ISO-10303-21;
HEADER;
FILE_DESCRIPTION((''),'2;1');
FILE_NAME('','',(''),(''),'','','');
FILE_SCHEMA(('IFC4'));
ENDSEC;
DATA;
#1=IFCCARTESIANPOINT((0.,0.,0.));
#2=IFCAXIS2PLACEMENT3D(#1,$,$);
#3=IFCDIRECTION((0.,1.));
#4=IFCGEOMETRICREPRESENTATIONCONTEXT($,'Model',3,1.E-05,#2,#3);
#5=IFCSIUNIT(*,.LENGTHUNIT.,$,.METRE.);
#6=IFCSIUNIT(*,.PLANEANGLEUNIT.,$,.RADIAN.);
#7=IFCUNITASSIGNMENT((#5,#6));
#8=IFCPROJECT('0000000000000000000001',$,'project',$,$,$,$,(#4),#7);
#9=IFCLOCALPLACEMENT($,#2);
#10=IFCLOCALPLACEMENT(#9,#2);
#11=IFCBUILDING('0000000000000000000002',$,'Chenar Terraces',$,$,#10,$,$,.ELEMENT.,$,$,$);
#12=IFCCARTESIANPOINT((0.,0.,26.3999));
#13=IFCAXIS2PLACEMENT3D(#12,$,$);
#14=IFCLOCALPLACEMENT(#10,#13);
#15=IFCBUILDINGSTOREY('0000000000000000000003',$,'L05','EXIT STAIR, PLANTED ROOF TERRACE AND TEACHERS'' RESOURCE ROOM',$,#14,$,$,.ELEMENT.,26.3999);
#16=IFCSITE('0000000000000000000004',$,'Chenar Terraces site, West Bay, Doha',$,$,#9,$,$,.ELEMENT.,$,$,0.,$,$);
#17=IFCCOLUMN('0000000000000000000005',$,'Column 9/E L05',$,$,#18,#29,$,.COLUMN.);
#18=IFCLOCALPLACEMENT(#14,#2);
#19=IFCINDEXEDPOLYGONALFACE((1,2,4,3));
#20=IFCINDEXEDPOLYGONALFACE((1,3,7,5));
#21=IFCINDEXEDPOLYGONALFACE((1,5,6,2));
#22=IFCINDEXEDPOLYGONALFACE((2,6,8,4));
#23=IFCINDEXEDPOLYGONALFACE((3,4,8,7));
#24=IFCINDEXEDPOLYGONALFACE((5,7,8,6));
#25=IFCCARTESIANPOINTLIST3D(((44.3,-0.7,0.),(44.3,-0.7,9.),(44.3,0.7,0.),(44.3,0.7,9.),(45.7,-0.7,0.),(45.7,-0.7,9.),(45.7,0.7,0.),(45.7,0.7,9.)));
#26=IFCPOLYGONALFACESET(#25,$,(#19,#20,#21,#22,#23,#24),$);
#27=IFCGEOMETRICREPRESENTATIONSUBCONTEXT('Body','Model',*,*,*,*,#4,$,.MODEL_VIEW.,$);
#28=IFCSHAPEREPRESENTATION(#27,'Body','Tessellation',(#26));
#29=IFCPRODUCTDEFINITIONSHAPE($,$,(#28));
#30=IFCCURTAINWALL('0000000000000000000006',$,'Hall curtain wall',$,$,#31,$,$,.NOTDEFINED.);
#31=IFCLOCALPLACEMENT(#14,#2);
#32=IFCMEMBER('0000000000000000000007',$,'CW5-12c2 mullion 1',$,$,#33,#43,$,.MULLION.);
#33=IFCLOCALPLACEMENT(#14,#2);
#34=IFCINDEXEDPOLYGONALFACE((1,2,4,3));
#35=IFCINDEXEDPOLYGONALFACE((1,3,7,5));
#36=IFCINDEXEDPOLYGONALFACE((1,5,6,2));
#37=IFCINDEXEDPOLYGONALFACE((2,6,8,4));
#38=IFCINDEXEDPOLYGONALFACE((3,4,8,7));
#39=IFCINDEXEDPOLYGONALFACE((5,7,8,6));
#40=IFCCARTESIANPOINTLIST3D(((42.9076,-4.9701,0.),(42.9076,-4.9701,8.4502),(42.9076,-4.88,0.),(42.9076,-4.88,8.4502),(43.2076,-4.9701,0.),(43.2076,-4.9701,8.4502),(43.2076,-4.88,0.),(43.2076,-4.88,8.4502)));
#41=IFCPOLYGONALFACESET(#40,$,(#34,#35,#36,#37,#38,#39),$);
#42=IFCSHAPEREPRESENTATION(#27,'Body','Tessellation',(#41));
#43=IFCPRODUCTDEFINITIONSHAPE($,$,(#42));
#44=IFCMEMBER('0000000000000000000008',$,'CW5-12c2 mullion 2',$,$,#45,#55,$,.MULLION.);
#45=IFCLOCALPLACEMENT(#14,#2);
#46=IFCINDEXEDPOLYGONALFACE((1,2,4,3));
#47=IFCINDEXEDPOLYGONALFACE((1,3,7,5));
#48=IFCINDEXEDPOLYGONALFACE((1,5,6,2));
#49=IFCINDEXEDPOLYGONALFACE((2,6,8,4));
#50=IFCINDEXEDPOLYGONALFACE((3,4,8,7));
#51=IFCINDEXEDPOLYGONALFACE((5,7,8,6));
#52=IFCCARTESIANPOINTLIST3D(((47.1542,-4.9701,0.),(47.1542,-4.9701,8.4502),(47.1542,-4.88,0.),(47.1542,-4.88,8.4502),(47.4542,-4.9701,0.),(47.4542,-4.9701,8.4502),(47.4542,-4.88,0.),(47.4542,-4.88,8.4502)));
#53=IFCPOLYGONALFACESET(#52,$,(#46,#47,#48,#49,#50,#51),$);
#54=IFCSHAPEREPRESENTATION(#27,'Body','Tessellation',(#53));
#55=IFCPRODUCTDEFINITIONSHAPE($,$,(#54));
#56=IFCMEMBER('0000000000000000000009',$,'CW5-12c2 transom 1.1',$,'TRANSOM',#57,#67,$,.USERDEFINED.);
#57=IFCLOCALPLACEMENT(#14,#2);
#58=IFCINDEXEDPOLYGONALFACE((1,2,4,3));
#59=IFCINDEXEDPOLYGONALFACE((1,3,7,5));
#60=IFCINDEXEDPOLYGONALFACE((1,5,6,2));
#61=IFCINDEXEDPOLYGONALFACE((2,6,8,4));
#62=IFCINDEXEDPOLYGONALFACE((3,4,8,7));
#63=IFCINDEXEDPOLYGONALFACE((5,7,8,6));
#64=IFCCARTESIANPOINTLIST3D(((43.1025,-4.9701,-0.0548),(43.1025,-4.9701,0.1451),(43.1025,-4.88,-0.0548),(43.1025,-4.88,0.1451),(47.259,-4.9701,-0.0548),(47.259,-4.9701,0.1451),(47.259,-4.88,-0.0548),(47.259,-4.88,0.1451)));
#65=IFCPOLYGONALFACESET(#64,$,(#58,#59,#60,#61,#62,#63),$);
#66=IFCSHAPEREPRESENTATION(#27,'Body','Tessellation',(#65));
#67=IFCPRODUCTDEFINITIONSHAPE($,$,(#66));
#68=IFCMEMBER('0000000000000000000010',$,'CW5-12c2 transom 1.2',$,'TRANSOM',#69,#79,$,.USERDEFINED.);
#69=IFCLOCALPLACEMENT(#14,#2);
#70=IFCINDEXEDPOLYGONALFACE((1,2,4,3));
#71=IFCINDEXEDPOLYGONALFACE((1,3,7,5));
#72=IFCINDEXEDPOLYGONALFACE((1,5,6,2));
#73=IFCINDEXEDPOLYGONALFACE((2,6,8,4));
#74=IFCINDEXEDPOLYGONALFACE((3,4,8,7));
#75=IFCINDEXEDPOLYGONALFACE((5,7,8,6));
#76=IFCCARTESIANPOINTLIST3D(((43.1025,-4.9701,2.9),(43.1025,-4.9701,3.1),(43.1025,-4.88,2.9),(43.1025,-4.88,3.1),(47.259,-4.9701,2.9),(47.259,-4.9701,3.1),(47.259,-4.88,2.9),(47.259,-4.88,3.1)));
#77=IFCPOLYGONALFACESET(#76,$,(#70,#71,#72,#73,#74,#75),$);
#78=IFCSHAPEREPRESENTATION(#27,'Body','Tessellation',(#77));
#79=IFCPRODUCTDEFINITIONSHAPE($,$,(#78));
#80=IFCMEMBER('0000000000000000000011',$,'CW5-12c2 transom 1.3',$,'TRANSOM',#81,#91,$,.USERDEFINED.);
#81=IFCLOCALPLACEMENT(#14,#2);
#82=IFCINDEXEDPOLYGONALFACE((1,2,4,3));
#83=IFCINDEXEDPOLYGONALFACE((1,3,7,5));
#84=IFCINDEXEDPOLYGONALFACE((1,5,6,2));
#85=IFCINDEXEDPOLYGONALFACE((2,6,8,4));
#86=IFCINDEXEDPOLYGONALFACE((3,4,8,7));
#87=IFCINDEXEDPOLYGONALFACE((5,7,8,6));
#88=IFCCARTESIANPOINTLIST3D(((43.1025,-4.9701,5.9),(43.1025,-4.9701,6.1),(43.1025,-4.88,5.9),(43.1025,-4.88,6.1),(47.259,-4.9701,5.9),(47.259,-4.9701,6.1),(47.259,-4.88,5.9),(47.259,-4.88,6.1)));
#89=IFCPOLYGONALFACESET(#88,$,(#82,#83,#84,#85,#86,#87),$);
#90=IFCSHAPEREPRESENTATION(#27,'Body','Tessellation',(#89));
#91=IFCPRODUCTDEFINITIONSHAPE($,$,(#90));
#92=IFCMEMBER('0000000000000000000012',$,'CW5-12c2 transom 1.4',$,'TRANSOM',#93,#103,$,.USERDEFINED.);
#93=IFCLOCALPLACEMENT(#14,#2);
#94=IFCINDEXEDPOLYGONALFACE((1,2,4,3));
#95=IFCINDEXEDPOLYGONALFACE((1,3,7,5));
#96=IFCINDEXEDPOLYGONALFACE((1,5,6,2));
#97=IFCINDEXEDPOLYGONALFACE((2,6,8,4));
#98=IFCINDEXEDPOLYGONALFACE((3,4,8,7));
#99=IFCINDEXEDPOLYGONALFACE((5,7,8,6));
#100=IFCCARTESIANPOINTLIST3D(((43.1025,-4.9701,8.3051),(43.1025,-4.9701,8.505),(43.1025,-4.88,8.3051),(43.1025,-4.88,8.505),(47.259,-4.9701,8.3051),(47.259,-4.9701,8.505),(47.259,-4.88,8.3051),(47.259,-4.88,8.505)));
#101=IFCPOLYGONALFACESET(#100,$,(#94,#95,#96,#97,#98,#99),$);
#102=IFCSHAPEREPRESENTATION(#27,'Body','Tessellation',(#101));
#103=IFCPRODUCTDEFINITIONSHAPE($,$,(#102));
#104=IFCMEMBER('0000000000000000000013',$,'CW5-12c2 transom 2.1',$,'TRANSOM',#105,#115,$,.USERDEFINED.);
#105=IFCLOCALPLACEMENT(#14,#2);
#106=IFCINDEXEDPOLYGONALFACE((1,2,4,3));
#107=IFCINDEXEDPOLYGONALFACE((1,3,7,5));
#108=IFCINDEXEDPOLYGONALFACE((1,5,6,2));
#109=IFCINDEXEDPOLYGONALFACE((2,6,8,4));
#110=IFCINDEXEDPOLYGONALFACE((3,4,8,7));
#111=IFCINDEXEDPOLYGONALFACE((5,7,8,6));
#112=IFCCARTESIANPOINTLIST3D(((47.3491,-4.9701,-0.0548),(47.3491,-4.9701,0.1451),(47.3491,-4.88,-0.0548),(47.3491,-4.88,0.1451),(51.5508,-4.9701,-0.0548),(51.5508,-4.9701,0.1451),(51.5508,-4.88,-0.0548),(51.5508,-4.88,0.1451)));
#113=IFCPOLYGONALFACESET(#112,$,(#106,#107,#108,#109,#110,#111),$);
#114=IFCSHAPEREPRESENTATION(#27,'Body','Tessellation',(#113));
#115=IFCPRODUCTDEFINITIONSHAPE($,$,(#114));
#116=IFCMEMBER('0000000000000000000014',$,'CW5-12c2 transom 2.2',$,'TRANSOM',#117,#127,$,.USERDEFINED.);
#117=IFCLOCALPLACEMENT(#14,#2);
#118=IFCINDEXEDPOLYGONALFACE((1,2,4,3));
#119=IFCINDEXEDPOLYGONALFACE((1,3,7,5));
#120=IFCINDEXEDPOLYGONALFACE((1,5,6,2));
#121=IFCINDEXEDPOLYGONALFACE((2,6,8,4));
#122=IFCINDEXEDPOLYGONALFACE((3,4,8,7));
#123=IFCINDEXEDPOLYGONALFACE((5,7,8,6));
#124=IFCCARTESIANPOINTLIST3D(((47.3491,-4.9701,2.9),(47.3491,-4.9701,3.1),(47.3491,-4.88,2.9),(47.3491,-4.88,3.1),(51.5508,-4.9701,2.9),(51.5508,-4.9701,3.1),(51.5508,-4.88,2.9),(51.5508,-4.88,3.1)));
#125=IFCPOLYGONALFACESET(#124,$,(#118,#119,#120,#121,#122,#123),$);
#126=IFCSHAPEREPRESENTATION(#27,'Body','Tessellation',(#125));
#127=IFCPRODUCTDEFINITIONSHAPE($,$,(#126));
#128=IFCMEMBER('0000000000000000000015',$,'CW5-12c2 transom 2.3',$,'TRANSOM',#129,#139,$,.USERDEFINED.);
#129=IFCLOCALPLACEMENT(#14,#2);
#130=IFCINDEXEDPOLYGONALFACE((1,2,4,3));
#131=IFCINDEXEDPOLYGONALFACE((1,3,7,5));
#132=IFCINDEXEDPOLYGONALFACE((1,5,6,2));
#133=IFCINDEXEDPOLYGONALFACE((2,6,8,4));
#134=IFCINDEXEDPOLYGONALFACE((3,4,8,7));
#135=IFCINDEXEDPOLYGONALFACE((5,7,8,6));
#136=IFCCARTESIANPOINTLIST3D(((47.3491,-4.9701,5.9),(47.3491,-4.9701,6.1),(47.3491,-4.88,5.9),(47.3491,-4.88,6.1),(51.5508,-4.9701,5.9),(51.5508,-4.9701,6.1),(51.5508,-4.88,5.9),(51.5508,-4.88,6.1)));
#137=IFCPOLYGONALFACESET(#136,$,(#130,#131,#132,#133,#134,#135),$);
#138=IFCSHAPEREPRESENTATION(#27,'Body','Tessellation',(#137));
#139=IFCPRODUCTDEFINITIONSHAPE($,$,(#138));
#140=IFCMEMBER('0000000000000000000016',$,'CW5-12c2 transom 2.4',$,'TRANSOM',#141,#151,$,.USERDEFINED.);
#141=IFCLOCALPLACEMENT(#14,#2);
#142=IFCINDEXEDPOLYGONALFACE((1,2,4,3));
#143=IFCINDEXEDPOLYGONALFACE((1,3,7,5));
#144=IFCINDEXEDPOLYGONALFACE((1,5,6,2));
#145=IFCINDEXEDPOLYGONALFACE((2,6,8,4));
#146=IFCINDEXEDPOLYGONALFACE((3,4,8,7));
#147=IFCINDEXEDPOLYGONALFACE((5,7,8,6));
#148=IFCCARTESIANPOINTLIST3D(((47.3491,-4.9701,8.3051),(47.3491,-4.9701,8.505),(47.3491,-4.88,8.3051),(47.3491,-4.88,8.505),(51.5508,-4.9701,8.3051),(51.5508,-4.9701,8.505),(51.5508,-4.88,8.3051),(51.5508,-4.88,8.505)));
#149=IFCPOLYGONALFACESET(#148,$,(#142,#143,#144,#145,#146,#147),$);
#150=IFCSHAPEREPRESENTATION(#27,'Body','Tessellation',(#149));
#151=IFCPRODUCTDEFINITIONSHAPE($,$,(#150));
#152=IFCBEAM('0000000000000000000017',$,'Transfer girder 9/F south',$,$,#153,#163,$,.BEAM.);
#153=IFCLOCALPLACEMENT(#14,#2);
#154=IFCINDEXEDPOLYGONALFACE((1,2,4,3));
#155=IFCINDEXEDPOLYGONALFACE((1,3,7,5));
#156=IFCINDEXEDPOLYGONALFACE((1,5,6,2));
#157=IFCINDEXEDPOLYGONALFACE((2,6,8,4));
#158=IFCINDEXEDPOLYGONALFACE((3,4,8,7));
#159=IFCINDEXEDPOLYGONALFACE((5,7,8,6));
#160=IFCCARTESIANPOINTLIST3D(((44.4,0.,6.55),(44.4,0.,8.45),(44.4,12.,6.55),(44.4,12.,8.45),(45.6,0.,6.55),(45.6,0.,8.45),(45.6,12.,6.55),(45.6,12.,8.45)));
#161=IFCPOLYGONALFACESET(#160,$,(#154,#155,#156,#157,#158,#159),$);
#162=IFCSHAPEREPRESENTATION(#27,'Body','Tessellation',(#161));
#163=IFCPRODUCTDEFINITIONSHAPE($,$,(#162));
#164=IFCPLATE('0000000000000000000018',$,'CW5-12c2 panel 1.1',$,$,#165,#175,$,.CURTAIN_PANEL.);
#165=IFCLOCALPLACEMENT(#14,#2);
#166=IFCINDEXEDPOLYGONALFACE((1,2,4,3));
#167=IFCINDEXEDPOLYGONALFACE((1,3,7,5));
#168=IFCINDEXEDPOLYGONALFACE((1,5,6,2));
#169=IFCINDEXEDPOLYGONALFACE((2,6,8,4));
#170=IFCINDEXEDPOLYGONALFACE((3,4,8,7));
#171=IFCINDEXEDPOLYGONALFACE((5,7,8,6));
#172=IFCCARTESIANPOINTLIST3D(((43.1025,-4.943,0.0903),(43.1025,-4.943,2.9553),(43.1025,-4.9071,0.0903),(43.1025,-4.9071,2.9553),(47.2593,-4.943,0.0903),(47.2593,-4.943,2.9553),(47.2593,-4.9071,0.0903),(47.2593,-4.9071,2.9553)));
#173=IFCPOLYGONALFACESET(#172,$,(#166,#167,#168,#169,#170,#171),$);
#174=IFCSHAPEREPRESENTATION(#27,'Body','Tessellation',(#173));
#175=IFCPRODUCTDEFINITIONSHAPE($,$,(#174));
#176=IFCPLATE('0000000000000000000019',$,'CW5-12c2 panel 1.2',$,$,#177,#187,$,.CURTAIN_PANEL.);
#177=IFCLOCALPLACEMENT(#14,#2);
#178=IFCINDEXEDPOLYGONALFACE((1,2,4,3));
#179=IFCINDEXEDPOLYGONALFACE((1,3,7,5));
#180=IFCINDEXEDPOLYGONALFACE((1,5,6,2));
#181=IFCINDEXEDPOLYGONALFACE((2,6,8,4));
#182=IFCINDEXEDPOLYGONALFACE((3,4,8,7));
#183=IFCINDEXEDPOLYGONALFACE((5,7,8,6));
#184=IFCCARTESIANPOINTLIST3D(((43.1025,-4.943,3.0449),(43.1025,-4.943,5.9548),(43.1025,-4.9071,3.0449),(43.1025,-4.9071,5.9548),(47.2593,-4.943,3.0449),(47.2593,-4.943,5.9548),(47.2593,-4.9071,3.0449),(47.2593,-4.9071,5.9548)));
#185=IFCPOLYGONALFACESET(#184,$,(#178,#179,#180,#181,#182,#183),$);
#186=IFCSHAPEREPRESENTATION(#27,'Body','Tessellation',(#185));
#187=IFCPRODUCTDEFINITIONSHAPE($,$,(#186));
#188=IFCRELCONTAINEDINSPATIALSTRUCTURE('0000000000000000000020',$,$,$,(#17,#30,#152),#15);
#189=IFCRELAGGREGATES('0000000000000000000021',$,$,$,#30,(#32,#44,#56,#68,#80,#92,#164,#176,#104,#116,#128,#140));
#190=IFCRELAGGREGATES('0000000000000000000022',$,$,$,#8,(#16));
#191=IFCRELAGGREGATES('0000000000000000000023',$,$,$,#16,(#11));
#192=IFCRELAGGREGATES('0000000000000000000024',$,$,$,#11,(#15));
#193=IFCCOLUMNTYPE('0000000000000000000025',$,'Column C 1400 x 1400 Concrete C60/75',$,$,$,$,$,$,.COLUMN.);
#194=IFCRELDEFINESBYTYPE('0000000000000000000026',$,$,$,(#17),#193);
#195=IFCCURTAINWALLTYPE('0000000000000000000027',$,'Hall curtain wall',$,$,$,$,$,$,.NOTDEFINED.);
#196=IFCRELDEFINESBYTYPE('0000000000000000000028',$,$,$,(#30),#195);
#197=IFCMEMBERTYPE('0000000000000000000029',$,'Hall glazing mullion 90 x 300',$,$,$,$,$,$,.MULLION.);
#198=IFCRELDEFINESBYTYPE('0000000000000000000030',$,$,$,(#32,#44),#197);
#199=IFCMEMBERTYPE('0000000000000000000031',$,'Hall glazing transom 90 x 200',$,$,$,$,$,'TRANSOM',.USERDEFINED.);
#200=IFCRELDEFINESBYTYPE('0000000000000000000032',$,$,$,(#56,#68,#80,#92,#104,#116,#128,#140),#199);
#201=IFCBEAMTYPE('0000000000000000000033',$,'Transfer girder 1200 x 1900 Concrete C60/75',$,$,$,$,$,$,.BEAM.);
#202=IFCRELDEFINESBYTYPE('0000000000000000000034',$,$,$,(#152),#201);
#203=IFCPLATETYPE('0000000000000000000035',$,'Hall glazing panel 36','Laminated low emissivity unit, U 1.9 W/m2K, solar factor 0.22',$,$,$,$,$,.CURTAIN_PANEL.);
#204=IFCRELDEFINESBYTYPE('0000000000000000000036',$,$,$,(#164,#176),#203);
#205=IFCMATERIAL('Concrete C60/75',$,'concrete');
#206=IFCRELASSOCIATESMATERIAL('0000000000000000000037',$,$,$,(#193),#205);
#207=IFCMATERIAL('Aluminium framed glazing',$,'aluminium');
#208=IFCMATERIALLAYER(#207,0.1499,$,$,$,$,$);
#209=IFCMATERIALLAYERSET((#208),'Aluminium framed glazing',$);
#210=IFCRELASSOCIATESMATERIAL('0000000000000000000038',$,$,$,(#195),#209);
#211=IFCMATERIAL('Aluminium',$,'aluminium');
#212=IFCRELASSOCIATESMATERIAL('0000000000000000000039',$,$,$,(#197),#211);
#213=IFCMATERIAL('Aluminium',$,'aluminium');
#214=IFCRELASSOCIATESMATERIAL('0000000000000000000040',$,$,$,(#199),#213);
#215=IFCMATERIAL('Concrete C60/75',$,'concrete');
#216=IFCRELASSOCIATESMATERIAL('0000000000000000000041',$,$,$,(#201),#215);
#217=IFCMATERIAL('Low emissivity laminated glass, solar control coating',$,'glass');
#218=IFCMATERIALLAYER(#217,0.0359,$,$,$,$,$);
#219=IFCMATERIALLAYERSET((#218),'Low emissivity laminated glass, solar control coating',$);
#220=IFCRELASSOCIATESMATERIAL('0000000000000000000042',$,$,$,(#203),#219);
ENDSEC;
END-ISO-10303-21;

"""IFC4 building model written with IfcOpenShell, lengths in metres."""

from ifc_helpers import new_model, si_unit, direction, frame, frame_2d, origin, origin_2d, place, context, subcontext, project, spatial, rectangle, extrude, material, layer, layer_set, material_profile, profile_set, type_object, element, aggregate, save


model = new_model("IFC4")

# Units and contexts
model_context = context("Model", 3, precision=1e-05, world=origin(), true_north=direction((0.0, 1.0)))
body_context = subcontext(model_context, "Body", "Model", "MODEL_VIEW")
ifc_project = project(units=[si_unit("LENGTHUNIT", "METRE"), si_unit("PLANEANGLEUNIT", "RADIAN")], contexts=[model_context])

# Site, building, storey
site_placement = place(None, origin())
site = spatial("IfcSite", under=ifc_project, at=site_placement, Name="Chenar Terraces site, West Bay, Doha", CompositionType="ELEMENT", RefElevation=0.0)
building_placement = place(site_placement, origin())
building = spatial("IfcBuilding", under=site, at=building_placement, Name="Chenar Terraces", CompositionType="ELEMENT")
storey_placement = place(building_placement, frame((0.0, 0.0, 26.3999)))
storey = spatial("IfcBuildingStorey", under=building, at=storey_placement, Name="L05", Description="EXIT STAIR, PLANTED ROOF TERRACE AND TEACHERS' RESOURCE ROOM", CompositionType="ELEMENT", Elevation=26.3999)

# Column
ifc_material_1 = material(Name="Concrete C60/75", Category="concrete")
ifc_material_profile_1 = material_profile(ifc_material_1, rectangle(XDim=1.3999, YDim=1.3999, at=origin_2d()), Name="C 1400 x 1400")
ifc_profile_set_1 = profile_set([ifc_material_profile_1], Name="Concrete C60/75")
column_type = type_object("IfcColumnType", Name="Column C 1400 x 1400 Concrete C60/75", PredefinedType="COLUMN", material=ifc_profile_set_1)
column_placement = place(storey_placement, frame((45.0, 0.0, 0.0), z_axis=(0.0, 0.0, 1.0), x_axis=(1.0, 0.0, 0.0)))
element("IfcColumn", 1, at=column_placement, inside=storey, type_object=column_type, Name="Column 9/E L05", PredefinedType="COLUMN", context=body_context, shape_type="SweptSolid", body=[
    extrude(rectangle(XDim=1.3999, YDim=1.3999, at=origin_2d()), origin(), (0.0, 0.0, 1.0), 9.0),
])

# Curtain wall, members
ifc_material_2 = material(Name="Aluminium framed glazing", Category="aluminium")
ifc_layer_1 = layer(ifc_material_2, 0.1499)
ifc_layer_set_1 = layer_set([ifc_layer_1], Name="Aluminium framed glazing")
curtain_wall_type = type_object("IfcCurtainWallType", Name="Hall curtain wall", PredefinedType="NOTDEFINED", material=ifc_layer_set_1)
placement = place(storey_placement, origin())
curtain_wall = element("IfcCurtainWall", 2, at=placement, inside=storey, type_object=curtain_wall_type, Name="Hall curtain wall", PredefinedType="NOTDEFINED")
ifc_material_3 = material(Name="Aluminium", Category="aluminium")
ifc_material_profile_2 = material_profile(ifc_material_3, rectangle(XDim=0.0901, YDim=0.3, at=origin_2d()), Name="Hall glazing mullion 90 x 300")
ifc_profile_set_2 = profile_set([ifc_material_profile_2], Name="Aluminium")
member_type_1 = type_object("IfcMemberType", Name="Hall glazing mullion 90 x 300", PredefinedType="MULLION", material=ifc_profile_set_2)
member_1_placement = place(storey_placement, frame((43.0576, -4.925, 0.0), z_axis=(0.0, 0.0, 1.0), x_axis=(0.0, 1.0, 0.0)))
member_1 = element("IfcMember", 3, at=member_1_placement, type_object=member_type_1, Name="CW5-12c2 mullion 1", PredefinedType="MULLION", context=body_context, shape_type="SweptSolid", body=[
    extrude(rectangle(XDim=0.0901, YDim=0.3, at=origin_2d()), origin(), (0.0, 0.0, 1.0), 8.4502),
])
member_2_placement = place(storey_placement, frame((47.3042, -4.925, 0.0), z_axis=(0.0, 0.0, 1.0), x_axis=(0.0, 1.0, 0.0)))
member_2 = element("IfcMember", 4, at=member_2_placement, type_object=member_type_1, Name="CW5-12c2 mullion 2", PredefinedType="MULLION", context=body_context, shape_type="SweptSolid", body=[
    extrude(rectangle(XDim=0.0901, YDim=0.3, at=origin_2d()), origin(), (0.0, 0.0, 1.0), 8.4502),
])
ifc_material_4 = material(Name="Aluminium", Category="aluminium")
ifc_material_profile_3 = material_profile(ifc_material_4, rectangle(XDim=0.0901, YDim=0.2, at=origin_2d()), Name="Hall glazing transom 90 x 200")
ifc_profile_set_3 = profile_set([ifc_material_profile_3], Name="Aluminium")
member_type_2 = type_object("IfcMemberType", Name="Hall glazing transom 90 x 200", ElementType="TRANSOM", PredefinedType="USERDEFINED", material=ifc_profile_set_3)
member_3_placement = place(storey_placement, frame((43.1025, -4.925, 0.0452), z_axis=(1.0, 0.0, 0.0), x_axis=(0.0, 1.0, 0.0)))
member_3 = element("IfcMember", 5, at=member_3_placement, type_object=member_type_2, Name="CW5-12c2 transom 1.1", ObjectType="TRANSOM", PredefinedType="USERDEFINED", context=body_context, shape_type="SweptSolid", body=[
    extrude(rectangle(XDim=0.0901, YDim=0.2, at=origin_2d()), origin(), (0.0, 0.0, 1.0), 4.1565),
])
member_4_placement = place(storey_placement, frame((43.1025, -4.925, 3.0), z_axis=(1.0, 0.0, 0.0), x_axis=(0.0, 1.0, 0.0)))
member_4 = element("IfcMember", 6, at=member_4_placement, type_object=member_type_2, Name="CW5-12c2 transom 1.2", ObjectType="TRANSOM", PredefinedType="USERDEFINED", context=body_context, shape_type="SweptSolid", body=[
    extrude(rectangle(XDim=0.0901, YDim=0.2, at=origin_2d()), origin(), (0.0, 0.0, 1.0), 4.1565),
])
member_5_placement = place(storey_placement, frame((43.1025, -4.925, 6.0), z_axis=(1.0, 0.0, 0.0), x_axis=(0.0, 1.0, 0.0)))
member_5 = element("IfcMember", 7, at=member_5_placement, type_object=member_type_2, Name="CW5-12c2 transom 1.3", ObjectType="TRANSOM", PredefinedType="USERDEFINED", context=body_context, shape_type="SweptSolid", body=[
    extrude(rectangle(XDim=0.0901, YDim=0.2, at=origin_2d()), origin(), (0.0, 0.0, 1.0), 4.1565),
])
member_6_placement = place(storey_placement, frame((43.1025, -4.925, 8.405), z_axis=(1.0, 0.0, 0.0), x_axis=(0.0, 1.0, 0.0)))
member_6 = element("IfcMember", 8, at=member_6_placement, type_object=member_type_2, Name="CW5-12c2 transom 1.4", ObjectType="TRANSOM", PredefinedType="USERDEFINED", context=body_context, shape_type="SweptSolid", body=[
    extrude(rectangle(XDim=0.0901, YDim=0.2, at=origin_2d()), origin(), (0.0, 0.0, 1.0), 4.1565),
])
member_7_placement = place(storey_placement, frame((47.3491, -4.925, 0.0452), z_axis=(1.0, 0.0, 0.0), x_axis=(0.0, 1.0, 0.0)))
member_7 = element("IfcMember", 9, at=member_7_placement, type_object=member_type_2, Name="CW5-12c2 transom 2.1", ObjectType="TRANSOM", PredefinedType="USERDEFINED", context=body_context, shape_type="SweptSolid", body=[
    extrude(rectangle(XDim=0.0901, YDim=0.2, at=origin_2d()), origin(), (0.0, 0.0, 1.0), 4.2017),
])
member_8_placement = place(storey_placement, frame((47.3491, -4.925, 3.0), z_axis=(1.0, 0.0, 0.0), x_axis=(0.0, 1.0, 0.0)))
member_8 = element("IfcMember", 10, at=member_8_placement, type_object=member_type_2, Name="CW5-12c2 transom 2.2", ObjectType="TRANSOM", PredefinedType="USERDEFINED", context=body_context, shape_type="SweptSolid", body=[
    extrude(rectangle(XDim=0.0901, YDim=0.2, at=origin_2d()), origin(), (0.0, 0.0, 1.0), 4.2017),
])
member_9_placement = place(storey_placement, frame((47.3491, -4.925, 6.0), z_axis=(1.0, 0.0, 0.0), x_axis=(0.0, 1.0, 0.0)))
member_9 = element("IfcMember", 11, at=member_9_placement, type_object=member_type_2, Name="CW5-12c2 transom 2.3", ObjectType="TRANSOM", PredefinedType="USERDEFINED", context=body_context, shape_type="SweptSolid", body=[
    extrude(rectangle(XDim=0.0901, YDim=0.2, at=origin_2d()), origin(), (0.0, 0.0, 1.0), 4.2017),
])
member_10_placement = place(storey_placement, frame((47.3491, -4.925, 8.405), z_axis=(1.0, 0.0, 0.0), x_axis=(0.0, 1.0, 0.0)))
member_10 = element("IfcMember", 12, at=member_10_placement, type_object=member_type_2, Name="CW5-12c2 transom 2.4", ObjectType="TRANSOM", PredefinedType="USERDEFINED", context=body_context, shape_type="SweptSolid", body=[
    extrude(rectangle(XDim=0.0901, YDim=0.2, at=origin_2d()), origin(), (0.0, 0.0, 1.0), 4.2017),
])

# Beam
ifc_material_5 = material(Name="Concrete C60/75", Category="concrete")
ifc_material_profile_4 = material_profile(ifc_material_5, rectangle(XDim=1.2, YDim=1.8999, at=origin_2d()), Name="RC 1200 x 1900")
ifc_profile_set_4 = profile_set([ifc_material_profile_4], Name="Concrete C60/75")
beam_type = type_object("IfcBeamType", Name="Transfer girder 1200 x 1900 Concrete C60/75", PredefinedType="BEAM", material=ifc_profile_set_4)
beam_placement = place(storey_placement, frame((45.0, 0.0, 8.45), z_axis=(0.0, 1.0, 0.0), x_axis=(-1.0, 0.0, 0.0)))
element("IfcBeam", 13, at=beam_placement, inside=storey, type_object=beam_type, Name="Transfer girder 9/F south", PredefinedType="BEAM", context=body_context, shape_type="SweptSolid", body=[
    extrude(rectangle(XDim=1.2, YDim=1.8999, at=frame_2d((0.0, -0.95))), origin(), (0.0, 0.0, 1.0), 12.0),
])

# Plates
ifc_material_6 = material(Name="Low emissivity laminated glass, solar control coating", Category="glass")
ifc_layer_2 = layer(ifc_material_6, 0.0359)
ifc_layer_set_2 = layer_set([ifc_layer_2], Name="Low emissivity laminated glass, solar control coating")
plate_type = type_object("IfcPlateType", Name="Hall glazing panel 36", Description="Laminated low emissivity unit, U 1.9 W/m2K, solar factor 0.22", PredefinedType="CURTAIN_PANEL", material=ifc_layer_set_2)
plate_1_placement = place(storey_placement, frame((45.1809, -4.925, 0.0903), z_axis=(0.0, 0.0, 1.0), x_axis=(1.0, 0.0, 0.0)))
plate_1 = element("IfcPlate", 14, at=plate_1_placement, type_object=plate_type, Name="CW5-12c2 panel 1.1", PredefinedType="CURTAIN_PANEL", context=body_context, shape_type="SweptSolid", body=[
    extrude(rectangle(XDim=4.1567, YDim=0.0359, at=origin_2d()), origin(), (0.0, 0.0, 1.0), 2.865),
])
plate_2_placement = place(storey_placement, frame((45.1809, -4.925, 3.0449), z_axis=(0.0, 0.0, 1.0), x_axis=(1.0, 0.0, 0.0)))
plate_2 = element("IfcPlate", 15, at=plate_2_placement, type_object=plate_type, Name="CW5-12c2 panel 1.2", PredefinedType="CURTAIN_PANEL", context=body_context, shape_type="SweptSolid", body=[
    extrude(rectangle(XDim=4.1567, YDim=0.0359, at=origin_2d()), origin(), (0.0, 0.0, 1.0), 2.9099),
])
aggregate(curtain_wall, [member_1, member_2, member_3, member_4, member_5, member_6, plate_1, plate_2, member_7, member_8, member_9, member_10])

save(model, "model.ifc")
